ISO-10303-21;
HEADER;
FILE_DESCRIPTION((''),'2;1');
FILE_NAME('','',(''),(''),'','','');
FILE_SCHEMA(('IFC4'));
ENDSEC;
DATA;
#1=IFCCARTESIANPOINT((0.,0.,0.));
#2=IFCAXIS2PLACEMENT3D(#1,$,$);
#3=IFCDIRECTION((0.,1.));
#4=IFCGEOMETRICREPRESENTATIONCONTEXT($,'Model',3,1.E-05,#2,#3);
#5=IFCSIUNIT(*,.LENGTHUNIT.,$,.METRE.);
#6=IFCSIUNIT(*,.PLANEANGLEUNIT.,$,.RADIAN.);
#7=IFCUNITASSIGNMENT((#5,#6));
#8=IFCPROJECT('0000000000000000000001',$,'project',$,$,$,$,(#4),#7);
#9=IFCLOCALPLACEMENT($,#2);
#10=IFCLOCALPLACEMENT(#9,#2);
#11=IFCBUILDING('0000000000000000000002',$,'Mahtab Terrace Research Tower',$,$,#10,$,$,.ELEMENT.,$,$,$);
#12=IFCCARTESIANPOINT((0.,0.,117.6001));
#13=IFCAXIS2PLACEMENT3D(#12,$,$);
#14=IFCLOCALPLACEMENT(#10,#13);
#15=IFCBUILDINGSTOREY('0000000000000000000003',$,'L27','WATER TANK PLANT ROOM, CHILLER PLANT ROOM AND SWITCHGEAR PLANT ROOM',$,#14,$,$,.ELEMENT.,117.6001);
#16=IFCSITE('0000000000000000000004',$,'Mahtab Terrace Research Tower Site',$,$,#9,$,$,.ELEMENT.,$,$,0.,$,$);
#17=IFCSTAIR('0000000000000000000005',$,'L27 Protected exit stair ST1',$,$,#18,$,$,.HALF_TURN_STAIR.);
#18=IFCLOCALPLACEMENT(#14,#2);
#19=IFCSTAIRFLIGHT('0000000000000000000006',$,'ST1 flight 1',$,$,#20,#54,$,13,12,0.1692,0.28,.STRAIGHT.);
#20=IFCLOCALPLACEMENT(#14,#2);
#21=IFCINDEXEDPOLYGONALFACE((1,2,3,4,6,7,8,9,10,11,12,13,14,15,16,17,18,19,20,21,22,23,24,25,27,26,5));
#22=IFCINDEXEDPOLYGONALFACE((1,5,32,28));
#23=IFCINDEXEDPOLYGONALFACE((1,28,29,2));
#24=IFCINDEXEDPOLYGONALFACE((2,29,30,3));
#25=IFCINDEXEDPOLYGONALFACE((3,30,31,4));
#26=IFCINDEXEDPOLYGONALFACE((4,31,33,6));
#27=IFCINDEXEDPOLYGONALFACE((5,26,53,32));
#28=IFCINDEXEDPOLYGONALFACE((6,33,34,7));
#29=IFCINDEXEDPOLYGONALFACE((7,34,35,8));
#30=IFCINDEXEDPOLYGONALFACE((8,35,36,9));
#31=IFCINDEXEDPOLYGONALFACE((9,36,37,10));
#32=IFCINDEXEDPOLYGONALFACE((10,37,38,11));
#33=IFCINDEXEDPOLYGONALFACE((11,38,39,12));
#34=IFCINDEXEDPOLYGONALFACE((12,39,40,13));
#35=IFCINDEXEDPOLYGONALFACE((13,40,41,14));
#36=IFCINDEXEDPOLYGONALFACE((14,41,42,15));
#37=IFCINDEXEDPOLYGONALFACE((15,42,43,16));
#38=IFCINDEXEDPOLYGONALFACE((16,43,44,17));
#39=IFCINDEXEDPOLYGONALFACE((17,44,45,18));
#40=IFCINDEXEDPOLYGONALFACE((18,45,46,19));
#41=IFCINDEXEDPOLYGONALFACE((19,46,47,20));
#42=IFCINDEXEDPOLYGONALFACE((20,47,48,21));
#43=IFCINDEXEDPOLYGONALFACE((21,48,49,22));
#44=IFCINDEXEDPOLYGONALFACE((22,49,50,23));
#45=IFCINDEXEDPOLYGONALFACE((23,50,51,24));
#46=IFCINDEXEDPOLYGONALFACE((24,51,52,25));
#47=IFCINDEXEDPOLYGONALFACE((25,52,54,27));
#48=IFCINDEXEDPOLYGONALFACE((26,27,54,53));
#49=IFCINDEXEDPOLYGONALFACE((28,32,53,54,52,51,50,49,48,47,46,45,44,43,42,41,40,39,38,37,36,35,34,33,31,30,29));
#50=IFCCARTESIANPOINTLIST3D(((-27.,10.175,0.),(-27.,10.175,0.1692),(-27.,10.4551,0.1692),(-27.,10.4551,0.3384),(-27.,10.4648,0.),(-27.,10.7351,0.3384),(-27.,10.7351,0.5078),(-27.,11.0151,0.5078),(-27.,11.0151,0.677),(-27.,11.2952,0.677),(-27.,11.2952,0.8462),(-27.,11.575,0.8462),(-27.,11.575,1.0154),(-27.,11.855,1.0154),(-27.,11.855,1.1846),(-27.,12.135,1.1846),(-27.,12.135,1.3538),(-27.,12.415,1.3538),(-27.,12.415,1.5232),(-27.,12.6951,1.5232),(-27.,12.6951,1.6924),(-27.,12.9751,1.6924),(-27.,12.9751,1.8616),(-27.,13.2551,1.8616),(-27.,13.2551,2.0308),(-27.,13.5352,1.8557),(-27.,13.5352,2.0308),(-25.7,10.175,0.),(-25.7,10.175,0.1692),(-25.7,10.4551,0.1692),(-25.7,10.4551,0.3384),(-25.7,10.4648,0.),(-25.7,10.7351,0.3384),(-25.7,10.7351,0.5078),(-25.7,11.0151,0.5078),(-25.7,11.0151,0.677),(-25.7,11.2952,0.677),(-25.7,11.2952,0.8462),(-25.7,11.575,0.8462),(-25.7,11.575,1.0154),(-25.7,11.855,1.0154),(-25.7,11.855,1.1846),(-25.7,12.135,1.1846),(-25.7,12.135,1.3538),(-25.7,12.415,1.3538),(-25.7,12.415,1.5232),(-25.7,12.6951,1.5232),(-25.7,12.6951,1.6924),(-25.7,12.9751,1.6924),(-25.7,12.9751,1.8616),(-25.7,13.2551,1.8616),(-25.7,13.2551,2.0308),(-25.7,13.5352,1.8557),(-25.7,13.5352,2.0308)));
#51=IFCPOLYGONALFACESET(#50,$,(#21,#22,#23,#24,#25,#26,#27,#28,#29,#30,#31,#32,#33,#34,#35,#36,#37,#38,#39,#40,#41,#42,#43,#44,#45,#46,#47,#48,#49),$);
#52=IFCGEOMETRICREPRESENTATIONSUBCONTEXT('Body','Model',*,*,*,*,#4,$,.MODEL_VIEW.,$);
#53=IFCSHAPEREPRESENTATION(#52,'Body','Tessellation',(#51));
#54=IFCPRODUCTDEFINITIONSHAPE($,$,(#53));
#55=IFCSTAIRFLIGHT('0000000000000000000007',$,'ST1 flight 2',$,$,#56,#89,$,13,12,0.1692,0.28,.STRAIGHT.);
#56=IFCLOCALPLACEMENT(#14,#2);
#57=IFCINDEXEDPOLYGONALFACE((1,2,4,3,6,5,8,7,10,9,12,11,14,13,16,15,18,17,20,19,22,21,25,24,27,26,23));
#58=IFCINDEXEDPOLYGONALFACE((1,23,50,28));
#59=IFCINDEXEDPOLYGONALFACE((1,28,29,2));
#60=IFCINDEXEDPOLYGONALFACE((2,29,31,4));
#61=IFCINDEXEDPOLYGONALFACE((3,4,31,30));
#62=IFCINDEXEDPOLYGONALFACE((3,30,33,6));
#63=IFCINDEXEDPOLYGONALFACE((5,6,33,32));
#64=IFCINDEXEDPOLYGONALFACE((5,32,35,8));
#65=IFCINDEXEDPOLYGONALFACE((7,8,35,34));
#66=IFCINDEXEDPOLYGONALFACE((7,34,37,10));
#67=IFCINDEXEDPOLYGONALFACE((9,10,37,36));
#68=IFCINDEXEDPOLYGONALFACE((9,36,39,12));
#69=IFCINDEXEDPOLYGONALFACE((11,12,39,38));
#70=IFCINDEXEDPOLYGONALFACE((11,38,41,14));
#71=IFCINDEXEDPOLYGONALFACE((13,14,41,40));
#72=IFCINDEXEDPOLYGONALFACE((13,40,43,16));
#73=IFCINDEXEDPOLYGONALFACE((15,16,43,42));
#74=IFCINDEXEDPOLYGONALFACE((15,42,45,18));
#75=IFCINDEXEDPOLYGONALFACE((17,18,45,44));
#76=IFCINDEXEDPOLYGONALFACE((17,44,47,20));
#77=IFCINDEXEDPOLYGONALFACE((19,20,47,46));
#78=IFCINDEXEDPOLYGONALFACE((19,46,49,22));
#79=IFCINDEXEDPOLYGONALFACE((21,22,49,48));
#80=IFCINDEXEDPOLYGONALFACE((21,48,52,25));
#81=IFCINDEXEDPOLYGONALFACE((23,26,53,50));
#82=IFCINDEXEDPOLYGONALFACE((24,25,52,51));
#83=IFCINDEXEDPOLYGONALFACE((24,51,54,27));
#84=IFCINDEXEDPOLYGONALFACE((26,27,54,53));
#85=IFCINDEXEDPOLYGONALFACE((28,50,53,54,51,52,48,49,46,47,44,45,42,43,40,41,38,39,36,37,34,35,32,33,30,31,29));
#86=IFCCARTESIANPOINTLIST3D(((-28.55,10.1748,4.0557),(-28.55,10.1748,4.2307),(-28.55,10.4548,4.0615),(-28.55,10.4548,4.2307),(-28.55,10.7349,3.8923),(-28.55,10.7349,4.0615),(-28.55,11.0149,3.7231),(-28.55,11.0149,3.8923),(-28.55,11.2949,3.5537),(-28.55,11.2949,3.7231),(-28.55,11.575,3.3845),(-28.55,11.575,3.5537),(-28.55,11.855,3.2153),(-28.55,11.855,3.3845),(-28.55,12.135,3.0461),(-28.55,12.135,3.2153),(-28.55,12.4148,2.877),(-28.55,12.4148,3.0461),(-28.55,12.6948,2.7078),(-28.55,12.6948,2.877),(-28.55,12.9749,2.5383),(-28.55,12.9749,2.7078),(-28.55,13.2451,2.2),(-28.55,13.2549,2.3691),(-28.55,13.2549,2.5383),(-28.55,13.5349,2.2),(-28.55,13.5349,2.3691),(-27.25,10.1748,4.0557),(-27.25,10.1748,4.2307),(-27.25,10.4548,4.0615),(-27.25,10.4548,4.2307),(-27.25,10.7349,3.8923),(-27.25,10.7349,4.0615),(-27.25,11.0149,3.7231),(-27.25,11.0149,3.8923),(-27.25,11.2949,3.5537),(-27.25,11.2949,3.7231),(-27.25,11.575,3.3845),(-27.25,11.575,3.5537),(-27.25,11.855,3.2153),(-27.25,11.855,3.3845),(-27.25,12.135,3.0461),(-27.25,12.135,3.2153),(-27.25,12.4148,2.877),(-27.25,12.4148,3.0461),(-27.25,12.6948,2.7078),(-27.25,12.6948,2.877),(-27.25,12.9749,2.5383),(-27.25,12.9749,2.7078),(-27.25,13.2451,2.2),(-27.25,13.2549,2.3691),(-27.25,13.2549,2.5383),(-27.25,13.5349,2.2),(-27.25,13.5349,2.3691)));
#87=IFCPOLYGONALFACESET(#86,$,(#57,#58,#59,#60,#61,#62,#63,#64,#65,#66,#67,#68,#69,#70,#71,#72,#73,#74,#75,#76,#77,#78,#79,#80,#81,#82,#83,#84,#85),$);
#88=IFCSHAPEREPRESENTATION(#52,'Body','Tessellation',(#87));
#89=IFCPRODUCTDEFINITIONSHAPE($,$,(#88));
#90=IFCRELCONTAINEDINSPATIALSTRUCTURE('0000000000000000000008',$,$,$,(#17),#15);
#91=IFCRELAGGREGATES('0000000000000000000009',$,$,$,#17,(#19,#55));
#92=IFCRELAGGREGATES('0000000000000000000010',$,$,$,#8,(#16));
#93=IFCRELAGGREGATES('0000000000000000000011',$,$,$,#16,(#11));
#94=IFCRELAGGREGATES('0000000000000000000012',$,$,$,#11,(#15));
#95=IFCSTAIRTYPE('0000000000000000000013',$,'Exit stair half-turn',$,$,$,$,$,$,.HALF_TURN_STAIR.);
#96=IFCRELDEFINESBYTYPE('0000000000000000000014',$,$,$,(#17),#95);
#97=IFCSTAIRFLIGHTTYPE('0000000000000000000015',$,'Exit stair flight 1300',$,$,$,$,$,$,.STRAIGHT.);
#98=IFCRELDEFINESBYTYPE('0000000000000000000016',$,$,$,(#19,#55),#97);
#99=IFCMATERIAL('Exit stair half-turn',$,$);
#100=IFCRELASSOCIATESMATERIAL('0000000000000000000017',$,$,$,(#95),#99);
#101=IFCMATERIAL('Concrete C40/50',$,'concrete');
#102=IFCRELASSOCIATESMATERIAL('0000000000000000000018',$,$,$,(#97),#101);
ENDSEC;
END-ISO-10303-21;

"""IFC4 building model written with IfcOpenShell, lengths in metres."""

from ifc_helpers import new_model, si_unit, direction, frame, origin, place, context, subcontext, project, spatial, polyline, outline, extrude, material, type_object, element, aggregate, save


model = new_model("IFC4")

# Units and contexts
model_context = context("Model", 3, precision=1e-05, world=origin(), true_north=direction((0.0, 1.0)))
body_context = subcontext(model_context, "Body", "Model", "MODEL_VIEW")
ifc_project = project(units=[si_unit("LENGTHUNIT", "METRE"), si_unit("PLANEANGLEUNIT", "RADIAN")], contexts=[model_context])

# Site, building, storey
site_placement = place(None, origin())
site = spatial("IfcSite", under=ifc_project, at=site_placement, Name="Mahtab Terrace Research Tower Site", CompositionType="ELEMENT", RefElevation=0.0)
building_placement = place(site_placement, origin())
building = spatial("IfcBuilding", under=site, at=building_placement, Name="Mahtab Terrace Research Tower", CompositionType="ELEMENT")
storey_placement = place(building_placement, frame((0.0, 0.0, 117.6001)))
storey = spatial("IfcBuildingStorey", under=building, at=storey_placement, Name="L27", Description="WATER TANK PLANT ROOM, CHILLER PLANT ROOM AND SWITCHGEAR PLANT ROOM", CompositionType="ELEMENT", Elevation=117.6001)

# Stair, stair flights
ifc_material_1 = material(Name="Exit stair half-turn")
stair_type = type_object("IfcStairType", Name="Exit stair half-turn", PredefinedType="HALF_TURN_STAIR", material=ifc_material_1)
stair_placement = place(storey_placement, origin())
stair = element("IfcStair", 1, at=stair_placement, inside=storey, type_object=stair_type, Name="L27 Protected exit stair ST1", PredefinedType="HALF_TURN_STAIR")
ifc_material_2 = material(Name="Concrete C40/50", Category="concrete")
stair_flight_type = type_object("IfcStairFlightType", Name="Exit stair flight 1300", PredefinedType="STRAIGHT", material=ifc_material_2)
stair_flight_1_placement = place(storey_placement, frame((-26.3501, 10.175, 0.0), z_axis=(0.0, 0.0, 1.0), x_axis=(0.0, 1.0, 0.0)))
stair_flight_1 = element("IfcStairFlight", 2, at=stair_flight_1_placement, type_object=stair_flight_type, Name="ST1 flight 1", NumberOfRisers=13, NumberOfTreads=12, PredefinedType="STRAIGHT", RiserHeight=0.1692, TreadLength=0.28, context=body_context, shape_type="SweptSolid", body=[
    extrude(outline(polyline([(0.0, 0.0), (0.0, 0.1692), (0.28, 0.1692), (0.28, 0.3384), (0.5601, 0.3384), (0.5601, 0.5078), (0.8401, 0.5078), (0.8401, 0.677), (1.1201, 0.677), (1.1201, 0.8462), (1.3999, 0.8462), (1.3999, 1.0154), (1.6799, 1.0154), (1.6799, 1.1846), (1.96, 1.1846), (1.96, 1.3538), (2.24, 1.3538), (2.24, 1.5232), (2.52, 1.5232), (2.52, 1.6924), (2.8, 1.6924), (2.8, 1.8616), (3.0801, 1.8616), (3.0801, 2.0308), (3.3601, 2.0308), (3.3601, 2.2), (3.3601, 1.8557), (0.2898, 0.0), (0.0, 0.0)])), frame((0.0, 0.6499, 0.0), z_axis=(0.0, -1.0, 0.0), x_axis=(1.0, 0.0, 0.0)), (0.0, 0.0, 1.0), 1.3),
])
stair_flight_2_placement = place(storey_placement, frame((-27.8999, 13.5349, 2.2), z_axis=(0.0, 0.0, 1.0), x_axis=(0.0, -1.0, 0.0)))
stair_flight_2 = element("IfcStairFlight", 3, at=stair_flight_2_placement, type_object=stair_flight_type, Name="ST1 flight 2", NumberOfRisers=13, NumberOfTreads=12, PredefinedType="STRAIGHT", RiserHeight=0.1692, TreadLength=0.28, context=body_context, shape_type="SweptSolid", body=[
    extrude(outline(polyline([(0.0, 0.0), (0.0, 0.1692), (0.28, 0.1692), (0.28, 0.3384), (0.5601, 0.3384), (0.5601, 0.5078), (0.8401, 0.5078), (0.8401, 0.677), (1.1201, 0.677), (1.1201, 0.8462), (1.3999, 0.8462), (1.3999, 1.0154), (1.6799, 1.0154), (1.6799, 1.1846), (1.96, 1.1846), (1.96, 1.3538), (2.24, 1.3538), (2.24, 1.5232), (2.52, 1.5232), (2.52, 1.6924), (2.8, 1.6924), (2.8, 1.8616), (3.0801, 1.8616), (3.0801, 2.0308), (3.3601, 2.0308), (3.3601, 2.2), (3.3601, 1.8557), (0.2898, 0.0), (0.0, 0.0)])), frame((0.0, 0.6499, 0.0), z_axis=(0.0, -1.0, 0.0), x_axis=(1.0, 0.0, 0.0)), (0.0, 0.0, 1.0), 1.3),
])
aggregate(stair, [stair_flight_1, stair_flight_2])

save(model, "model.ifc")
